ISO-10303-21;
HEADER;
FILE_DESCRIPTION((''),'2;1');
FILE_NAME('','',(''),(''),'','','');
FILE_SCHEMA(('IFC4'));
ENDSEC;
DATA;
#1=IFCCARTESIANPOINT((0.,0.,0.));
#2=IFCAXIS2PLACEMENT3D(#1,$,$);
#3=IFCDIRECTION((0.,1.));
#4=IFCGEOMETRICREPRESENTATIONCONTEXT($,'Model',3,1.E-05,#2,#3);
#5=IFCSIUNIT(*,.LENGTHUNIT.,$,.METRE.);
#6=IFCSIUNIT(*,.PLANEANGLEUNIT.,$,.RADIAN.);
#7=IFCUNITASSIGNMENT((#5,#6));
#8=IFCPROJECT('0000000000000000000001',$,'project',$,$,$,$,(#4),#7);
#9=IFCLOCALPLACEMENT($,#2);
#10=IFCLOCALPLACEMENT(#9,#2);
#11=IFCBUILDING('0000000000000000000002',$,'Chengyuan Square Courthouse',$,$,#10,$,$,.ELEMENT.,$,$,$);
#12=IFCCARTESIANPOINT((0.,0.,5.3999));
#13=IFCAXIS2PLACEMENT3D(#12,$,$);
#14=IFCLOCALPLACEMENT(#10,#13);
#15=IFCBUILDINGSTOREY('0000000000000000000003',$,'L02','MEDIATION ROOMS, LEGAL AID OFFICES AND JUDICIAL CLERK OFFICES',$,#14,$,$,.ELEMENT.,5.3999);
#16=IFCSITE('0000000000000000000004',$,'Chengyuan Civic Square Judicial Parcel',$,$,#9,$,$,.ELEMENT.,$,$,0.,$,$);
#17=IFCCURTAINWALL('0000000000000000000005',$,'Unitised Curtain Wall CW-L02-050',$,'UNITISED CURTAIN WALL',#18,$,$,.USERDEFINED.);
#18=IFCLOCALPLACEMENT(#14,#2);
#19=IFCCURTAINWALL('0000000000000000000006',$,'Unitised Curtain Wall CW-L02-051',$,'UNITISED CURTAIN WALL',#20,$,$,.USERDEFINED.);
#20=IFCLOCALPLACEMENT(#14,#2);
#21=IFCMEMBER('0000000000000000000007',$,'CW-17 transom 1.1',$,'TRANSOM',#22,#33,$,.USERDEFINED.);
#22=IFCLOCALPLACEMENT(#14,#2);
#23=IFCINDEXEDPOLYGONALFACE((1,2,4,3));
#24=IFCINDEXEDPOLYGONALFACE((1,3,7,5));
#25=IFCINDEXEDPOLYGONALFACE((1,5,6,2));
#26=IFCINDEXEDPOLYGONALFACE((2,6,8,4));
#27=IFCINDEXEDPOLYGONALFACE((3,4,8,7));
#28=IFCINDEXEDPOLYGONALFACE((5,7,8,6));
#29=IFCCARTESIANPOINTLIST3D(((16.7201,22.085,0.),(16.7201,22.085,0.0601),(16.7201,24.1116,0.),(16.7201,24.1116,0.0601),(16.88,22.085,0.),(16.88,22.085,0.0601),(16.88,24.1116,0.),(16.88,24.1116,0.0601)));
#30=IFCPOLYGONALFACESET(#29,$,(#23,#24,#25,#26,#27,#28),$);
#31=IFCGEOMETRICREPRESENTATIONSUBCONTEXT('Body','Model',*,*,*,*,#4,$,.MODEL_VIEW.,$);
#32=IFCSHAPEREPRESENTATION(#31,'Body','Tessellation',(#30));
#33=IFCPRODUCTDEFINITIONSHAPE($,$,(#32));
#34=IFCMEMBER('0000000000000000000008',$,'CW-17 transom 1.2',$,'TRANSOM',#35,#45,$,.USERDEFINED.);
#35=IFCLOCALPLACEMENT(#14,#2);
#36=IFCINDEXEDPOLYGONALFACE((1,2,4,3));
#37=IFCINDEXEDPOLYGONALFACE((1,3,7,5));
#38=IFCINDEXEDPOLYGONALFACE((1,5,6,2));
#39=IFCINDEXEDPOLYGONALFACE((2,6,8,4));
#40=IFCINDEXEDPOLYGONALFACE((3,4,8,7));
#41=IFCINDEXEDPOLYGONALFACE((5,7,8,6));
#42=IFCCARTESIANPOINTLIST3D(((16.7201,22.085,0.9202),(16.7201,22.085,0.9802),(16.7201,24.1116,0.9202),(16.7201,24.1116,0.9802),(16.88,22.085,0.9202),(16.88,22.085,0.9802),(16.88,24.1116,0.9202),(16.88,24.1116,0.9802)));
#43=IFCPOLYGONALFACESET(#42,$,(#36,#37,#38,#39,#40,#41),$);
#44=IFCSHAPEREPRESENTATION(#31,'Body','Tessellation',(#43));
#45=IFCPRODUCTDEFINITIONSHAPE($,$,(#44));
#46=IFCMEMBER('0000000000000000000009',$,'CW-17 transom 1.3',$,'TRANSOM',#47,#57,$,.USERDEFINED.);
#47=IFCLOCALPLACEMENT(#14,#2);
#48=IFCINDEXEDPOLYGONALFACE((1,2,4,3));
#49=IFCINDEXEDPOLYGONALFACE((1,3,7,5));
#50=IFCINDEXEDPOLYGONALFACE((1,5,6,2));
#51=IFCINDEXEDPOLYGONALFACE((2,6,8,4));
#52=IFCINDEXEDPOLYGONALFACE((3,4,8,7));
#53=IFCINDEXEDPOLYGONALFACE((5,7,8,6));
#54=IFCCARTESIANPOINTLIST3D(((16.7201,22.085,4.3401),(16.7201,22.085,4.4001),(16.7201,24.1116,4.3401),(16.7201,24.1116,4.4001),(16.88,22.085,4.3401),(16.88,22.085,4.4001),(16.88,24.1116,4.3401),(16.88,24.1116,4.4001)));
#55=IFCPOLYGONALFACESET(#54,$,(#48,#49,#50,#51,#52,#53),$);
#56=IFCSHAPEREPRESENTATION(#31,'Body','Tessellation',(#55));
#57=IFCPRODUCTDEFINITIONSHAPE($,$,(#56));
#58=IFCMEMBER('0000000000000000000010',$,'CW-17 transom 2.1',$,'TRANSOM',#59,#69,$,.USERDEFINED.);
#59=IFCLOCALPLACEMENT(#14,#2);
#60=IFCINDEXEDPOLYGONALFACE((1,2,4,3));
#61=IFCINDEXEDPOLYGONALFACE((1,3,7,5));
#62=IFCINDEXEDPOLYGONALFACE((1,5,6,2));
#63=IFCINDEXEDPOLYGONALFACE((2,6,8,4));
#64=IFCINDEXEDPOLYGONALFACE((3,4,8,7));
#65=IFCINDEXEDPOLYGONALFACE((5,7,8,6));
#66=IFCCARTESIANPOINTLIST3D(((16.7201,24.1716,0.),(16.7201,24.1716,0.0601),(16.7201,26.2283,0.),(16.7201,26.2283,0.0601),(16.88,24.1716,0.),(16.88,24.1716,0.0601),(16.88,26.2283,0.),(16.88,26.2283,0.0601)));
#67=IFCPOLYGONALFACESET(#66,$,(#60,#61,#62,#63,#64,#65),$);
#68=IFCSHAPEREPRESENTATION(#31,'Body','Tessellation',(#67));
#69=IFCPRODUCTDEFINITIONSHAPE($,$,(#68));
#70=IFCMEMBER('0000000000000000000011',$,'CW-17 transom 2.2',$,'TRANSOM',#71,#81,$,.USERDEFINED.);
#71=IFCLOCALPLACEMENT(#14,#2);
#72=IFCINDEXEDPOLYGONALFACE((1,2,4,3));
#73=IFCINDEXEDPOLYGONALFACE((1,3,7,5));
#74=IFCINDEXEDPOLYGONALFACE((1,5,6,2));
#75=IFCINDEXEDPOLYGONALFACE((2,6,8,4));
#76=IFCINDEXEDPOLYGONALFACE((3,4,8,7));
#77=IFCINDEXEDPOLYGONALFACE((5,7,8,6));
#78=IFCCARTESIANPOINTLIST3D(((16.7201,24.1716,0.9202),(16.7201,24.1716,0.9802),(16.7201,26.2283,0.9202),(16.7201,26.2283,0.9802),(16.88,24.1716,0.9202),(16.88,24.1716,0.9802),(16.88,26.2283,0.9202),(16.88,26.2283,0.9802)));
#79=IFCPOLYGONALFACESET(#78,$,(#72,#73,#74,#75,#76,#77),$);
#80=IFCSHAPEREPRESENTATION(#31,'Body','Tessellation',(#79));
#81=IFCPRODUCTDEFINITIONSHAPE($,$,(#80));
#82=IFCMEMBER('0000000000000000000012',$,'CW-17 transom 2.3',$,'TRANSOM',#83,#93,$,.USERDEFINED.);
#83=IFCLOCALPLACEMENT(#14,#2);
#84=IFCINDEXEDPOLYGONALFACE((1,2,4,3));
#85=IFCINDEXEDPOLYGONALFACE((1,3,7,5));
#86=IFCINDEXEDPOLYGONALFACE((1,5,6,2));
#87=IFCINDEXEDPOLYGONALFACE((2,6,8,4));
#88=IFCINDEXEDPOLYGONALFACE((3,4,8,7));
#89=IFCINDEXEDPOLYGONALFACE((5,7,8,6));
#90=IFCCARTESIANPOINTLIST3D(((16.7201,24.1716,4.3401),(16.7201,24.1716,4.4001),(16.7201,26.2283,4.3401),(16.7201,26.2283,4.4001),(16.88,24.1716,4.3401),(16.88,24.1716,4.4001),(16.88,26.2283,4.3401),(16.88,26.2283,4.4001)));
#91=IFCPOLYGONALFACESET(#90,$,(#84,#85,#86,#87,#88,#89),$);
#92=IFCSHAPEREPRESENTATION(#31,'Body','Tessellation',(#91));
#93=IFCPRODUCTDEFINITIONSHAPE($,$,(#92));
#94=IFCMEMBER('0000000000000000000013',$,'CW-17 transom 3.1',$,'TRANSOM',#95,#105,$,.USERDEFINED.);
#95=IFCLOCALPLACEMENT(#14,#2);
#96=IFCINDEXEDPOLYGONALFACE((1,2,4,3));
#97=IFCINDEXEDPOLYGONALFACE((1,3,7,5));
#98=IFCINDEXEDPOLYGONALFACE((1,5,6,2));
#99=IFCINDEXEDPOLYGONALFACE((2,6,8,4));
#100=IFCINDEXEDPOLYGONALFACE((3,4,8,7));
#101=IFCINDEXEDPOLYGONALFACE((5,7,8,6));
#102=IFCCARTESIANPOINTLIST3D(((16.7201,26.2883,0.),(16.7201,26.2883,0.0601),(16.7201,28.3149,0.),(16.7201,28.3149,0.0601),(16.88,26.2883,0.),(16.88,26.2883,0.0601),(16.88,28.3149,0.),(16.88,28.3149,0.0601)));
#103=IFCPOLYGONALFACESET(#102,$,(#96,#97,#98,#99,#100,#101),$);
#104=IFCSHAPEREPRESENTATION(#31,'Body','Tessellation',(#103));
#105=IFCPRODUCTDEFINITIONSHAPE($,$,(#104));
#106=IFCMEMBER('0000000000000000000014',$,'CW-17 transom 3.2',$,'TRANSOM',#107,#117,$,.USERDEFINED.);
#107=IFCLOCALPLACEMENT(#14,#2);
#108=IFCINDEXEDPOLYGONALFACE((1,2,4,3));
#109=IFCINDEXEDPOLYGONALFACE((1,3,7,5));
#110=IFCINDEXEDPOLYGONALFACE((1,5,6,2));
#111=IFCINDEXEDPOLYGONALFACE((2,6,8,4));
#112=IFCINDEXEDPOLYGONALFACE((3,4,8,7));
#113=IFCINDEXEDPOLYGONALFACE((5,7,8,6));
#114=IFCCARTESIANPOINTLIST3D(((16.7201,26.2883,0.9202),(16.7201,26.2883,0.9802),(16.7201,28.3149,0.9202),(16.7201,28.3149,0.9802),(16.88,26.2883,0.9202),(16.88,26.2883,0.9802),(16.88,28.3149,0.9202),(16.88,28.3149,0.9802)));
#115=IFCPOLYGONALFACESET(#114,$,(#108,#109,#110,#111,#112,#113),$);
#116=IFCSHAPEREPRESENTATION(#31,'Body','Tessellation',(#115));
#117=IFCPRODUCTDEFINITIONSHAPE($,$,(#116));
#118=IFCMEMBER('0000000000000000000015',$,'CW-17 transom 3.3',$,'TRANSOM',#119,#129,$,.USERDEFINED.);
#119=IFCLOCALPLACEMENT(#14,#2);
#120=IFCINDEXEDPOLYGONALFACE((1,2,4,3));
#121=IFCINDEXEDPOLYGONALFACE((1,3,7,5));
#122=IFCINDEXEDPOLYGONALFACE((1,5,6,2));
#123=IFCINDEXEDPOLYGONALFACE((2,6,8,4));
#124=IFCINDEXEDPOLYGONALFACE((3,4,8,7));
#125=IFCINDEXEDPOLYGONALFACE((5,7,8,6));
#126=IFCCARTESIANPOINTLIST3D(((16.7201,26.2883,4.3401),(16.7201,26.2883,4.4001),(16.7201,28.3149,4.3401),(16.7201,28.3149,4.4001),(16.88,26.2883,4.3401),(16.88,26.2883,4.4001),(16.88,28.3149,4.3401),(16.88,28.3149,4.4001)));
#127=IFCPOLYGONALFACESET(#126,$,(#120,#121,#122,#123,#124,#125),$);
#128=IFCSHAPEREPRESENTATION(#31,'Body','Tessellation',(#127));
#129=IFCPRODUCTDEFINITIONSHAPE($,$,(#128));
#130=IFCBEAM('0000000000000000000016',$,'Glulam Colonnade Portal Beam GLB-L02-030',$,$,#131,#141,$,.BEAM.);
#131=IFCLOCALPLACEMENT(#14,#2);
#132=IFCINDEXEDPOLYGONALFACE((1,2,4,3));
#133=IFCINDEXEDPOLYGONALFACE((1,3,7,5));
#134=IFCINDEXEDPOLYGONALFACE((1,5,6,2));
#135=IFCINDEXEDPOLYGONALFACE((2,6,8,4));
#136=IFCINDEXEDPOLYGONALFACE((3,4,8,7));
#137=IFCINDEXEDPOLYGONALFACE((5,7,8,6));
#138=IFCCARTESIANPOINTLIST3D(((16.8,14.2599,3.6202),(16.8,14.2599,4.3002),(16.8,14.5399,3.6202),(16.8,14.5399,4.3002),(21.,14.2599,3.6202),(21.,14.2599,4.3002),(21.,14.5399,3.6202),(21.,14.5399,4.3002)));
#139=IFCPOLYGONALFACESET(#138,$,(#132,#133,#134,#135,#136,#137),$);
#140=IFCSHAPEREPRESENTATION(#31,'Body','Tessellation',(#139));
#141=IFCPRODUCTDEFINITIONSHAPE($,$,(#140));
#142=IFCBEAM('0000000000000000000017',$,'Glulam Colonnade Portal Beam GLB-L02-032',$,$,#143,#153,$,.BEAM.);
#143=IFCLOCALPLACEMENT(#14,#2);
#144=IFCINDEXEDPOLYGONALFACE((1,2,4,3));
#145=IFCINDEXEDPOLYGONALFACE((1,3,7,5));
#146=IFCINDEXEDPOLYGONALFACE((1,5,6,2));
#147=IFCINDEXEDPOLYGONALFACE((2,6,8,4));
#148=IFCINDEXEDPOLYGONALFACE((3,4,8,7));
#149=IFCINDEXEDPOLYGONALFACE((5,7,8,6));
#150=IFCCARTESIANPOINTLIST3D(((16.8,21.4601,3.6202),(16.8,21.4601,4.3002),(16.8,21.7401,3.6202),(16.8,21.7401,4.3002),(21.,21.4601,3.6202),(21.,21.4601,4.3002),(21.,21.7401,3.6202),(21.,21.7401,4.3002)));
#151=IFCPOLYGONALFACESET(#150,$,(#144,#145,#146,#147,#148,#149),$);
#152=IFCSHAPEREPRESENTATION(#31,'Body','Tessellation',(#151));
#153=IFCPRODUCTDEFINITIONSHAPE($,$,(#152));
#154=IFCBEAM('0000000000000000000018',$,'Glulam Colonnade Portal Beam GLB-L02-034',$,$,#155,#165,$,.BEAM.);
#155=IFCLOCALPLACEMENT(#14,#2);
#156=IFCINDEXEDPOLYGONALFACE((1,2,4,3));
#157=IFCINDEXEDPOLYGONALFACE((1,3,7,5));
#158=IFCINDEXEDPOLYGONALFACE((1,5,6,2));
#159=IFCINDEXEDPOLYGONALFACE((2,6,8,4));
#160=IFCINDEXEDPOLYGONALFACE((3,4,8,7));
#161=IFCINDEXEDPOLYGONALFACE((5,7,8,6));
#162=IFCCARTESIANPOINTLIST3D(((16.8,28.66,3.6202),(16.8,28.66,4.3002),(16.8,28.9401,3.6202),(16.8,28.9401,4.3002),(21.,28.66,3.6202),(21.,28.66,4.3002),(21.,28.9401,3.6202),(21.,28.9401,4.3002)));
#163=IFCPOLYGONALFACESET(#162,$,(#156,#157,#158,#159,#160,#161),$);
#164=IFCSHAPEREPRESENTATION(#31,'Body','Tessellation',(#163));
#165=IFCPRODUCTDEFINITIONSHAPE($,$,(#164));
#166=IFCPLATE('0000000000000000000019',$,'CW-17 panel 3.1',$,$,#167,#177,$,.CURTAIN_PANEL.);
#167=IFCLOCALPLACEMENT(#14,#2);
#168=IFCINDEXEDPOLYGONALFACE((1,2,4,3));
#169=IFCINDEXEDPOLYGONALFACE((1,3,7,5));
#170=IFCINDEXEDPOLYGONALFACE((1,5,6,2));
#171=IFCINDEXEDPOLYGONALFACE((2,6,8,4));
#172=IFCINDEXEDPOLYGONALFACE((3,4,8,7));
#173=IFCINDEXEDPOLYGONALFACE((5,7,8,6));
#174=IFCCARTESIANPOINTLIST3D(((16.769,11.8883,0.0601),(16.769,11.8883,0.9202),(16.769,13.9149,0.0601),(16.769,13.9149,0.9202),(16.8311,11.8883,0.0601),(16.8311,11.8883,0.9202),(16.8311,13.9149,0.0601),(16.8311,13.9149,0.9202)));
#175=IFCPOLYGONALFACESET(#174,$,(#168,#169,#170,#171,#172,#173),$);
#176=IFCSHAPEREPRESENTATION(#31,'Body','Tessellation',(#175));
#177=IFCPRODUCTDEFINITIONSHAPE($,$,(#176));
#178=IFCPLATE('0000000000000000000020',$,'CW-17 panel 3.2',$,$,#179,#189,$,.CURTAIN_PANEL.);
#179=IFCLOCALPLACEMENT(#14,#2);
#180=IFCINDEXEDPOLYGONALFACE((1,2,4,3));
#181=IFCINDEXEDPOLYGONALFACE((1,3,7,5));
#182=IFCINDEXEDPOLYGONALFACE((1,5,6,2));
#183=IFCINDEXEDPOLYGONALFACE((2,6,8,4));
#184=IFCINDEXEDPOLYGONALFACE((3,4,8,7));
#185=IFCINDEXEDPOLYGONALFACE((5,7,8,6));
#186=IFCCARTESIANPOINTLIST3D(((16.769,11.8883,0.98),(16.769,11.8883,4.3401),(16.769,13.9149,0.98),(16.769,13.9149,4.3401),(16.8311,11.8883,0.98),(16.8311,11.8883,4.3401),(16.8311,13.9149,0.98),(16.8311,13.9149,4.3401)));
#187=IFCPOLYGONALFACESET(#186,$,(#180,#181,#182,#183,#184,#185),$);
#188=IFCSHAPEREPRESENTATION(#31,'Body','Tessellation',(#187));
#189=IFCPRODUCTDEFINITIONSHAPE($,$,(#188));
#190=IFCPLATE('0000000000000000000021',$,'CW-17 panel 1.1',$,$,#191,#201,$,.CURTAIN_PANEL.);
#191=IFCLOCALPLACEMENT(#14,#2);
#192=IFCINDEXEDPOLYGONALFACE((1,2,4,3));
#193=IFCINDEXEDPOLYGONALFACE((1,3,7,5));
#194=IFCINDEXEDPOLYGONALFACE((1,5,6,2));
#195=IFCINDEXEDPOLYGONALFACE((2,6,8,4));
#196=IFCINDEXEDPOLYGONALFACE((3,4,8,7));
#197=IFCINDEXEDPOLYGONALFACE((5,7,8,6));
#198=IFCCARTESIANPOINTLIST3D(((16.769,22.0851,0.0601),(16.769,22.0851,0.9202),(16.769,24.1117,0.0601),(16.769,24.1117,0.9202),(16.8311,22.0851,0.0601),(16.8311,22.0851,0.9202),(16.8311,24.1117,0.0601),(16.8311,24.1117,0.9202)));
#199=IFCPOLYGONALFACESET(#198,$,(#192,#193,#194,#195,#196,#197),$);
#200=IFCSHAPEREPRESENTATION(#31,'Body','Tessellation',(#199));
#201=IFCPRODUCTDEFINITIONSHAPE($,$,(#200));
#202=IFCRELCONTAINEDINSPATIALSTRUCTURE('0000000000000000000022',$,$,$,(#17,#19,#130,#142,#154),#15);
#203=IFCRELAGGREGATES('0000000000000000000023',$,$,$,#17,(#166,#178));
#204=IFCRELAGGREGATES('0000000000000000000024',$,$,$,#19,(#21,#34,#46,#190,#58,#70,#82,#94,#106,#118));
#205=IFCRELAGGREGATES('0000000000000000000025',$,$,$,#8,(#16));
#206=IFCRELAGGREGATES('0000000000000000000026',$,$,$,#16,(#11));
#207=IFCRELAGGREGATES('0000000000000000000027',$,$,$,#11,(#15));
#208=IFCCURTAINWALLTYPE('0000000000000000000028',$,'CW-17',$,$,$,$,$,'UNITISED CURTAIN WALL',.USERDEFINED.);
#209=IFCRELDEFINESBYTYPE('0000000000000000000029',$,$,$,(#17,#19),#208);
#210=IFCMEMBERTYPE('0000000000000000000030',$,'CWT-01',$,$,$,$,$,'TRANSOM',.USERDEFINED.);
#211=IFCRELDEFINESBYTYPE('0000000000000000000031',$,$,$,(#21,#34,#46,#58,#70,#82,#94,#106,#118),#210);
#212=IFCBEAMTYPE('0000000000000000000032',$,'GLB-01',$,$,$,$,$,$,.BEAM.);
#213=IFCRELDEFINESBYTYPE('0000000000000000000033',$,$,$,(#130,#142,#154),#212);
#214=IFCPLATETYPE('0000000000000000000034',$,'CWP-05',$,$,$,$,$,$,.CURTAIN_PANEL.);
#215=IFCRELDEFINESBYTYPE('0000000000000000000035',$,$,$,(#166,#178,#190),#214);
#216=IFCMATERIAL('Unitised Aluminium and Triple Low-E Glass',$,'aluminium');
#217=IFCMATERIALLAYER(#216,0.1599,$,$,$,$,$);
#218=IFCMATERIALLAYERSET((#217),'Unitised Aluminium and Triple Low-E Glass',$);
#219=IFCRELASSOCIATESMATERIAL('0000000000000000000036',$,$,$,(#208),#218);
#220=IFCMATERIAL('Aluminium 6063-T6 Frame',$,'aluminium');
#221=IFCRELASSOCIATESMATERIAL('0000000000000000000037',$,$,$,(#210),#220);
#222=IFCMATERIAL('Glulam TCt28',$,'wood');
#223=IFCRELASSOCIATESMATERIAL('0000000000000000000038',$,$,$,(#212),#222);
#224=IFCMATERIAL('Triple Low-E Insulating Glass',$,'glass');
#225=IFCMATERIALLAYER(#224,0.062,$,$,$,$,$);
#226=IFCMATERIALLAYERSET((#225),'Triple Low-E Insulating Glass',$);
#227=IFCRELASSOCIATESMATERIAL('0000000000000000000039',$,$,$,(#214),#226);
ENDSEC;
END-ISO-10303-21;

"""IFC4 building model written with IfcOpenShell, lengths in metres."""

from ifc_helpers import new_model, si_unit, direction, frame, origin, origin_2d, place, context, subcontext, project, spatial, rectangle, extrude, material, layer, layer_set, material_profile, profile_set, type_object, element, aggregate, save


model = new_model("IFC4")

# Units and contexts
model_context = context("Model", 3, precision=1e-05, world=origin(), true_north=direction((0.0, 1.0)))
body_context = subcontext(model_context, "Body", "Model", "MODEL_VIEW")
ifc_project = project(units=[si_unit("LENGTHUNIT", "METRE"), si_unit("PLANEANGLEUNIT", "RADIAN")], contexts=[model_context])

# Site, building, storey
site_placement = place(None, origin())
site = spatial("IfcSite", under=ifc_project, at=site_placement, Name="Chengyuan Civic Square Judicial Parcel", CompositionType="ELEMENT", RefElevation=0.0)
building_placement = place(site_placement, origin())
building = spatial("IfcBuilding", under=site, at=building_placement, Name="Chengyuan Square Courthouse", CompositionType="ELEMENT")
storey_placement = place(building_placement, frame((0.0, 0.0, 5.3999)))
storey = spatial("IfcBuildingStorey", under=building, at=storey_placement, Name="L02", Description="MEDIATION ROOMS, LEGAL AID OFFICES AND JUDICIAL CLERK OFFICES", CompositionType="ELEMENT", Elevation=5.3999)

# Curtain wall
ifc_material_1 = material(Name="Unitised Aluminium and Triple Low-E Glass", Category="aluminium")
ifc_layer_1 = layer(ifc_material_1, 0.1599)
ifc_layer_set_1 = layer_set([ifc_layer_1], Name="Unitised Aluminium and Triple Low-E Glass")
curtain_wall_type = type_object("IfcCurtainWallType", Name="CW-17", ElementType="UNITISED CURTAIN WALL", PredefinedType="USERDEFINED", material=ifc_layer_set_1)
curtain_wall_1_placement = place(storey_placement, origin())
curtain_wall_1 = element("IfcCurtainWall", 1, at=curtain_wall_1_placement, inside=storey, type_object=curtain_wall_type, Name="Unitised Curtain Wall CW-L02-050", ObjectType="UNITISED CURTAIN WALL", PredefinedType="USERDEFINED")
ifc_material_2 = material(Name="Aluminium 6063-T6 Frame", Category="aluminium")

# Curtain wall, members
curtain_wall_2_placement = place(storey_placement, origin())
curtain_wall_2 = element("IfcCurtainWall", 2, at=curtain_wall_2_placement, inside=storey, type_object=curtain_wall_type, Name="Unitised Curtain Wall CW-L02-051", ObjectType="UNITISED CURTAIN WALL", PredefinedType="USERDEFINED")
ifc_material_profile_1 = material_profile(ifc_material_2, rectangle(XDim=0.1599, YDim=0.0601, at=origin_2d()), Name="CW-TRN-60x120")
ifc_profile_set_1 = profile_set([ifc_material_profile_1], Name="Aluminium 6063-T6 Frame")
member_type_1 = type_object("IfcMemberType", Name="CWT-01", ElementType="TRANSOM", PredefinedType="USERDEFINED", material=ifc_profile_set_1)
member_1_placement = place(storey_placement, frame((16.8, 22.085, 0.03), z_axis=(0.0, 1.0, 0.0), x_axis=(-1.0, 0.0, 0.0)))
member_1 = element("IfcMember", 3, at=member_1_placement, type_object=member_type_1, Name="CW-17 transom 1.1", ObjectType="TRANSOM", PredefinedType="USERDEFINED", context=body_context, shape_type="SweptSolid", body=[
    extrude(rectangle(XDim=0.1599, YDim=0.0601, at=origin_2d()), origin(), (0.0, 0.0, 1.0), 2.0266),
])
member_2_placement = place(storey_placement, frame((16.8, 22.085, 0.9502), z_axis=(0.0, 1.0, 0.0), x_axis=(-1.0, 0.0, 0.0)))
member_2 = element("IfcMember", 4, at=member_2_placement, type_object=member_type_1, Name="CW-17 transom 1.2", ObjectType="TRANSOM", PredefinedType="USERDEFINED", context=body_context, shape_type="SweptSolid", body=[
    extrude(rectangle(XDim=0.1599, YDim=0.0601, at=origin_2d()), origin(), (0.0, 0.0, 1.0), 2.0266),
])
member_3_placement = place(storey_placement, frame((16.8, 22.085, 4.3701), z_axis=(0.0, 1.0, 0.0), x_axis=(-1.0, 0.0, 0.0)))
member_3 = element("IfcMember", 5, at=member_3_placement, type_object=member_type_1, Name="CW-17 transom 1.3", ObjectType="TRANSOM", PredefinedType="USERDEFINED", context=body_context, shape_type="SweptSolid", body=[
    extrude(rectangle(XDim=0.1599, YDim=0.0601, at=origin_2d()), origin(), (0.0, 0.0, 1.0), 2.0266),
])
member_4_placement = place(storey_placement, frame((16.8, 24.1716, 0.03), z_axis=(0.0, 1.0, 0.0), x_axis=(-1.0, 0.0, 0.0)))
member_4 = element("IfcMember", 6, at=member_4_placement, type_object=member_type_1, Name="CW-17 transom 2.1", ObjectType="TRANSOM", PredefinedType="USERDEFINED", context=body_context, shape_type="SweptSolid", body=[
    extrude(rectangle(XDim=0.1599, YDim=0.0601, at=origin_2d()), origin(), (0.0, 0.0, 1.0), 2.0566),
])
member_5_placement = place(storey_placement, frame((16.8, 24.1716, 0.9502), z_axis=(0.0, 1.0, 0.0), x_axis=(-1.0, 0.0, 0.0)))
member_5 = element("IfcMember", 7, at=member_5_placement, type_object=member_type_1, Name="CW-17 transom 2.2", ObjectType="TRANSOM", PredefinedType="USERDEFINED", context=body_context, shape_type="SweptSolid", body=[
    extrude(rectangle(XDim=0.1599, YDim=0.0601, at=origin_2d()), origin(), (0.0, 0.0, 1.0), 2.0566),
])
member_6_placement = place(storey_placement, frame((16.8, 24.1716, 4.3701), z_axis=(0.0, 1.0, 0.0), x_axis=(-1.0, 0.0, 0.0)))
member_6 = element("IfcMember", 8, at=member_6_placement, type_object=member_type_1, Name="CW-17 transom 2.3", ObjectType="TRANSOM", PredefinedType="USERDEFINED", context=body_context, shape_type="SweptSolid", body=[
    extrude(rectangle(XDim=0.1599, YDim=0.0601, at=origin_2d()), origin(), (0.0, 0.0, 1.0), 2.0566),
])
member_7_placement = place(storey_placement, frame((16.8, 26.2883, 0.03), z_axis=(0.0, 1.0, 0.0), x_axis=(-1.0, 0.0, 0.0)))
member_7 = element("IfcMember", 9, at=member_7_placement, type_object=member_type_1, Name="CW-17 transom 3.1", ObjectType="TRANSOM", PredefinedType="USERDEFINED", context=body_context, shape_type="SweptSolid", body=[
    extrude(rectangle(XDim=0.1599, YDim=0.0601, at=origin_2d()), origin(), (0.0, 0.0, 1.0), 2.0266),
])
member_8_placement = place(storey_placement, frame((16.8, 26.2883, 0.9502), z_axis=(0.0, 1.0, 0.0), x_axis=(-1.0, 0.0, 0.0)))
member_8 = element("IfcMember", 10, at=member_8_placement, type_object=member_type_1, Name="CW-17 transom 3.2", ObjectType="TRANSOM", PredefinedType="USERDEFINED", context=body_context, shape_type="SweptSolid", body=[
    extrude(rectangle(XDim=0.1599, YDim=0.0601, at=origin_2d()), origin(), (0.0, 0.0, 1.0), 2.0266),
])
member_9_placement = place(storey_placement, frame((16.8, 26.2883, 4.3701), z_axis=(0.0, 1.0, 0.0), x_axis=(-1.0, 0.0, 0.0)))
member_9 = element("IfcMember", 11, at=member_9_placement, type_object=member_type_1, Name="CW-17 transom 3.3", ObjectType="TRANSOM", PredefinedType="USERDEFINED", context=body_context, shape_type="SweptSolid", body=[
    extrude(rectangle(XDim=0.1599, YDim=0.0601, at=origin_2d()), origin(), (0.0, 0.0, 1.0), 2.0266),
])

# Beams
ifc_material_3 = material(Name="Glulam TCt28", Category="wood")
ifc_material_profile_2 = material_profile(ifc_material_3, rectangle(XDim=0.28, YDim=0.6799, at=origin_2d()), Name="GL-BM-280x680")
ifc_profile_set_2 = profile_set([ifc_material_profile_2], Name="Glulam TCt28")
beam_type_1 = type_object("IfcBeamType", Name="GLB-01", PredefinedType="BEAM", material=ifc_profile_set_2)
for number, where, z_axis, x_axis, name in (
    (12, (16.8, 14.3999, 3.9602), (1.0, 0.0, 0.0), (0.0, 1.0, 0.0), "Glulam Colonnade Portal Beam GLB-L02-030"),
    (13, (16.8, 21.6001, 3.9602), (1.0, 0.0, 0.0), (0.0, 1.0, 0.0), "Glulam Colonnade Portal Beam GLB-L02-032"),
    (14, (16.8, 28.8, 3.9602), (1.0, 0.0, 0.0), (0.0, 1.0, 0.0), "Glulam Colonnade Portal Beam GLB-L02-034"),
):
    element("IfcBeam", number, at=place(storey_placement, frame(where, z_axis=z_axis, x_axis=x_axis)), inside=storey, type_object=beam_type_1, Name=name, PredefinedType="BEAM", context=body_context, shape_type="SweptSolid", body=[
        extrude(rectangle(XDim=0.28, YDim=0.6799, at=origin_2d()), origin(), (0.0, 0.0, 1.0), 4.2),
    ])

# Plates
ifc_material_4 = material(Name="Triple Low-E Insulating Glass", Category="glass")
ifc_layer_2 = layer(ifc_material_4, 0.062)
ifc_layer_set_2 = layer_set([ifc_layer_2], Name="Triple Low-E Insulating Glass")
plate_type = type_object("IfcPlateType", Name="CWP-05", PredefinedType="CURTAIN_PANEL", material=ifc_layer_set_2)
plate_1_placement = place(storey_placement, frame((16.8, 12.9016, 0.0601), z_axis=(0.0, 0.0, 1.0), x_axis=(0.0, 1.0, 0.0)))
plate_1 = element("IfcPlate", 15, at=plate_1_placement, type_object=plate_type, Name="CW-17 panel 3.1", PredefinedType="CURTAIN_PANEL", context=body_context, shape_type="SweptSolid", body=[
    extrude(rectangle(XDim=2.0266, YDim=0.062, at=origin_2d()), origin(), (0.0, 0.0, 1.0), 0.8601),
])
plate_2_placement = place(storey_placement, frame((16.8, 12.9016, 0.98), z_axis=(0.0, 0.0, 1.0), x_axis=(0.0, 1.0, 0.0)))
plate_2 = element("IfcPlate", 16, at=plate_2_placement, type_object=plate_type, Name="CW-17 panel 3.2", PredefinedType="CURTAIN_PANEL", context=body_context, shape_type="SweptSolid", body=[
    extrude(rectangle(XDim=2.0266, YDim=0.062, at=origin_2d()), origin(), (0.0, 0.0, 1.0), 3.3601),
])
aggregate(curtain_wall_1, [plate_1, plate_2])
plate_3_placement = place(storey_placement, frame((16.8, 23.0984, 0.0601), z_axis=(0.0, 0.0, 1.0), x_axis=(0.0, 1.0, 0.0)))
plate_3 = element("IfcPlate", 17, at=plate_3_placement, type_object=plate_type, Name="CW-17 panel 1.1", PredefinedType="CURTAIN_PANEL", context=body_context, shape_type="SweptSolid", body=[
    extrude(rectangle(XDim=2.0266, YDim=0.062, at=origin_2d()), origin(), (0.0, 0.0, 1.0), 0.8601),
])
aggregate(curtain_wall_2, [member_1, member_2, member_3, plate_3, member_4, member_5, member_6, member_7, member_8, member_9])

save(model, "model.ifc")
